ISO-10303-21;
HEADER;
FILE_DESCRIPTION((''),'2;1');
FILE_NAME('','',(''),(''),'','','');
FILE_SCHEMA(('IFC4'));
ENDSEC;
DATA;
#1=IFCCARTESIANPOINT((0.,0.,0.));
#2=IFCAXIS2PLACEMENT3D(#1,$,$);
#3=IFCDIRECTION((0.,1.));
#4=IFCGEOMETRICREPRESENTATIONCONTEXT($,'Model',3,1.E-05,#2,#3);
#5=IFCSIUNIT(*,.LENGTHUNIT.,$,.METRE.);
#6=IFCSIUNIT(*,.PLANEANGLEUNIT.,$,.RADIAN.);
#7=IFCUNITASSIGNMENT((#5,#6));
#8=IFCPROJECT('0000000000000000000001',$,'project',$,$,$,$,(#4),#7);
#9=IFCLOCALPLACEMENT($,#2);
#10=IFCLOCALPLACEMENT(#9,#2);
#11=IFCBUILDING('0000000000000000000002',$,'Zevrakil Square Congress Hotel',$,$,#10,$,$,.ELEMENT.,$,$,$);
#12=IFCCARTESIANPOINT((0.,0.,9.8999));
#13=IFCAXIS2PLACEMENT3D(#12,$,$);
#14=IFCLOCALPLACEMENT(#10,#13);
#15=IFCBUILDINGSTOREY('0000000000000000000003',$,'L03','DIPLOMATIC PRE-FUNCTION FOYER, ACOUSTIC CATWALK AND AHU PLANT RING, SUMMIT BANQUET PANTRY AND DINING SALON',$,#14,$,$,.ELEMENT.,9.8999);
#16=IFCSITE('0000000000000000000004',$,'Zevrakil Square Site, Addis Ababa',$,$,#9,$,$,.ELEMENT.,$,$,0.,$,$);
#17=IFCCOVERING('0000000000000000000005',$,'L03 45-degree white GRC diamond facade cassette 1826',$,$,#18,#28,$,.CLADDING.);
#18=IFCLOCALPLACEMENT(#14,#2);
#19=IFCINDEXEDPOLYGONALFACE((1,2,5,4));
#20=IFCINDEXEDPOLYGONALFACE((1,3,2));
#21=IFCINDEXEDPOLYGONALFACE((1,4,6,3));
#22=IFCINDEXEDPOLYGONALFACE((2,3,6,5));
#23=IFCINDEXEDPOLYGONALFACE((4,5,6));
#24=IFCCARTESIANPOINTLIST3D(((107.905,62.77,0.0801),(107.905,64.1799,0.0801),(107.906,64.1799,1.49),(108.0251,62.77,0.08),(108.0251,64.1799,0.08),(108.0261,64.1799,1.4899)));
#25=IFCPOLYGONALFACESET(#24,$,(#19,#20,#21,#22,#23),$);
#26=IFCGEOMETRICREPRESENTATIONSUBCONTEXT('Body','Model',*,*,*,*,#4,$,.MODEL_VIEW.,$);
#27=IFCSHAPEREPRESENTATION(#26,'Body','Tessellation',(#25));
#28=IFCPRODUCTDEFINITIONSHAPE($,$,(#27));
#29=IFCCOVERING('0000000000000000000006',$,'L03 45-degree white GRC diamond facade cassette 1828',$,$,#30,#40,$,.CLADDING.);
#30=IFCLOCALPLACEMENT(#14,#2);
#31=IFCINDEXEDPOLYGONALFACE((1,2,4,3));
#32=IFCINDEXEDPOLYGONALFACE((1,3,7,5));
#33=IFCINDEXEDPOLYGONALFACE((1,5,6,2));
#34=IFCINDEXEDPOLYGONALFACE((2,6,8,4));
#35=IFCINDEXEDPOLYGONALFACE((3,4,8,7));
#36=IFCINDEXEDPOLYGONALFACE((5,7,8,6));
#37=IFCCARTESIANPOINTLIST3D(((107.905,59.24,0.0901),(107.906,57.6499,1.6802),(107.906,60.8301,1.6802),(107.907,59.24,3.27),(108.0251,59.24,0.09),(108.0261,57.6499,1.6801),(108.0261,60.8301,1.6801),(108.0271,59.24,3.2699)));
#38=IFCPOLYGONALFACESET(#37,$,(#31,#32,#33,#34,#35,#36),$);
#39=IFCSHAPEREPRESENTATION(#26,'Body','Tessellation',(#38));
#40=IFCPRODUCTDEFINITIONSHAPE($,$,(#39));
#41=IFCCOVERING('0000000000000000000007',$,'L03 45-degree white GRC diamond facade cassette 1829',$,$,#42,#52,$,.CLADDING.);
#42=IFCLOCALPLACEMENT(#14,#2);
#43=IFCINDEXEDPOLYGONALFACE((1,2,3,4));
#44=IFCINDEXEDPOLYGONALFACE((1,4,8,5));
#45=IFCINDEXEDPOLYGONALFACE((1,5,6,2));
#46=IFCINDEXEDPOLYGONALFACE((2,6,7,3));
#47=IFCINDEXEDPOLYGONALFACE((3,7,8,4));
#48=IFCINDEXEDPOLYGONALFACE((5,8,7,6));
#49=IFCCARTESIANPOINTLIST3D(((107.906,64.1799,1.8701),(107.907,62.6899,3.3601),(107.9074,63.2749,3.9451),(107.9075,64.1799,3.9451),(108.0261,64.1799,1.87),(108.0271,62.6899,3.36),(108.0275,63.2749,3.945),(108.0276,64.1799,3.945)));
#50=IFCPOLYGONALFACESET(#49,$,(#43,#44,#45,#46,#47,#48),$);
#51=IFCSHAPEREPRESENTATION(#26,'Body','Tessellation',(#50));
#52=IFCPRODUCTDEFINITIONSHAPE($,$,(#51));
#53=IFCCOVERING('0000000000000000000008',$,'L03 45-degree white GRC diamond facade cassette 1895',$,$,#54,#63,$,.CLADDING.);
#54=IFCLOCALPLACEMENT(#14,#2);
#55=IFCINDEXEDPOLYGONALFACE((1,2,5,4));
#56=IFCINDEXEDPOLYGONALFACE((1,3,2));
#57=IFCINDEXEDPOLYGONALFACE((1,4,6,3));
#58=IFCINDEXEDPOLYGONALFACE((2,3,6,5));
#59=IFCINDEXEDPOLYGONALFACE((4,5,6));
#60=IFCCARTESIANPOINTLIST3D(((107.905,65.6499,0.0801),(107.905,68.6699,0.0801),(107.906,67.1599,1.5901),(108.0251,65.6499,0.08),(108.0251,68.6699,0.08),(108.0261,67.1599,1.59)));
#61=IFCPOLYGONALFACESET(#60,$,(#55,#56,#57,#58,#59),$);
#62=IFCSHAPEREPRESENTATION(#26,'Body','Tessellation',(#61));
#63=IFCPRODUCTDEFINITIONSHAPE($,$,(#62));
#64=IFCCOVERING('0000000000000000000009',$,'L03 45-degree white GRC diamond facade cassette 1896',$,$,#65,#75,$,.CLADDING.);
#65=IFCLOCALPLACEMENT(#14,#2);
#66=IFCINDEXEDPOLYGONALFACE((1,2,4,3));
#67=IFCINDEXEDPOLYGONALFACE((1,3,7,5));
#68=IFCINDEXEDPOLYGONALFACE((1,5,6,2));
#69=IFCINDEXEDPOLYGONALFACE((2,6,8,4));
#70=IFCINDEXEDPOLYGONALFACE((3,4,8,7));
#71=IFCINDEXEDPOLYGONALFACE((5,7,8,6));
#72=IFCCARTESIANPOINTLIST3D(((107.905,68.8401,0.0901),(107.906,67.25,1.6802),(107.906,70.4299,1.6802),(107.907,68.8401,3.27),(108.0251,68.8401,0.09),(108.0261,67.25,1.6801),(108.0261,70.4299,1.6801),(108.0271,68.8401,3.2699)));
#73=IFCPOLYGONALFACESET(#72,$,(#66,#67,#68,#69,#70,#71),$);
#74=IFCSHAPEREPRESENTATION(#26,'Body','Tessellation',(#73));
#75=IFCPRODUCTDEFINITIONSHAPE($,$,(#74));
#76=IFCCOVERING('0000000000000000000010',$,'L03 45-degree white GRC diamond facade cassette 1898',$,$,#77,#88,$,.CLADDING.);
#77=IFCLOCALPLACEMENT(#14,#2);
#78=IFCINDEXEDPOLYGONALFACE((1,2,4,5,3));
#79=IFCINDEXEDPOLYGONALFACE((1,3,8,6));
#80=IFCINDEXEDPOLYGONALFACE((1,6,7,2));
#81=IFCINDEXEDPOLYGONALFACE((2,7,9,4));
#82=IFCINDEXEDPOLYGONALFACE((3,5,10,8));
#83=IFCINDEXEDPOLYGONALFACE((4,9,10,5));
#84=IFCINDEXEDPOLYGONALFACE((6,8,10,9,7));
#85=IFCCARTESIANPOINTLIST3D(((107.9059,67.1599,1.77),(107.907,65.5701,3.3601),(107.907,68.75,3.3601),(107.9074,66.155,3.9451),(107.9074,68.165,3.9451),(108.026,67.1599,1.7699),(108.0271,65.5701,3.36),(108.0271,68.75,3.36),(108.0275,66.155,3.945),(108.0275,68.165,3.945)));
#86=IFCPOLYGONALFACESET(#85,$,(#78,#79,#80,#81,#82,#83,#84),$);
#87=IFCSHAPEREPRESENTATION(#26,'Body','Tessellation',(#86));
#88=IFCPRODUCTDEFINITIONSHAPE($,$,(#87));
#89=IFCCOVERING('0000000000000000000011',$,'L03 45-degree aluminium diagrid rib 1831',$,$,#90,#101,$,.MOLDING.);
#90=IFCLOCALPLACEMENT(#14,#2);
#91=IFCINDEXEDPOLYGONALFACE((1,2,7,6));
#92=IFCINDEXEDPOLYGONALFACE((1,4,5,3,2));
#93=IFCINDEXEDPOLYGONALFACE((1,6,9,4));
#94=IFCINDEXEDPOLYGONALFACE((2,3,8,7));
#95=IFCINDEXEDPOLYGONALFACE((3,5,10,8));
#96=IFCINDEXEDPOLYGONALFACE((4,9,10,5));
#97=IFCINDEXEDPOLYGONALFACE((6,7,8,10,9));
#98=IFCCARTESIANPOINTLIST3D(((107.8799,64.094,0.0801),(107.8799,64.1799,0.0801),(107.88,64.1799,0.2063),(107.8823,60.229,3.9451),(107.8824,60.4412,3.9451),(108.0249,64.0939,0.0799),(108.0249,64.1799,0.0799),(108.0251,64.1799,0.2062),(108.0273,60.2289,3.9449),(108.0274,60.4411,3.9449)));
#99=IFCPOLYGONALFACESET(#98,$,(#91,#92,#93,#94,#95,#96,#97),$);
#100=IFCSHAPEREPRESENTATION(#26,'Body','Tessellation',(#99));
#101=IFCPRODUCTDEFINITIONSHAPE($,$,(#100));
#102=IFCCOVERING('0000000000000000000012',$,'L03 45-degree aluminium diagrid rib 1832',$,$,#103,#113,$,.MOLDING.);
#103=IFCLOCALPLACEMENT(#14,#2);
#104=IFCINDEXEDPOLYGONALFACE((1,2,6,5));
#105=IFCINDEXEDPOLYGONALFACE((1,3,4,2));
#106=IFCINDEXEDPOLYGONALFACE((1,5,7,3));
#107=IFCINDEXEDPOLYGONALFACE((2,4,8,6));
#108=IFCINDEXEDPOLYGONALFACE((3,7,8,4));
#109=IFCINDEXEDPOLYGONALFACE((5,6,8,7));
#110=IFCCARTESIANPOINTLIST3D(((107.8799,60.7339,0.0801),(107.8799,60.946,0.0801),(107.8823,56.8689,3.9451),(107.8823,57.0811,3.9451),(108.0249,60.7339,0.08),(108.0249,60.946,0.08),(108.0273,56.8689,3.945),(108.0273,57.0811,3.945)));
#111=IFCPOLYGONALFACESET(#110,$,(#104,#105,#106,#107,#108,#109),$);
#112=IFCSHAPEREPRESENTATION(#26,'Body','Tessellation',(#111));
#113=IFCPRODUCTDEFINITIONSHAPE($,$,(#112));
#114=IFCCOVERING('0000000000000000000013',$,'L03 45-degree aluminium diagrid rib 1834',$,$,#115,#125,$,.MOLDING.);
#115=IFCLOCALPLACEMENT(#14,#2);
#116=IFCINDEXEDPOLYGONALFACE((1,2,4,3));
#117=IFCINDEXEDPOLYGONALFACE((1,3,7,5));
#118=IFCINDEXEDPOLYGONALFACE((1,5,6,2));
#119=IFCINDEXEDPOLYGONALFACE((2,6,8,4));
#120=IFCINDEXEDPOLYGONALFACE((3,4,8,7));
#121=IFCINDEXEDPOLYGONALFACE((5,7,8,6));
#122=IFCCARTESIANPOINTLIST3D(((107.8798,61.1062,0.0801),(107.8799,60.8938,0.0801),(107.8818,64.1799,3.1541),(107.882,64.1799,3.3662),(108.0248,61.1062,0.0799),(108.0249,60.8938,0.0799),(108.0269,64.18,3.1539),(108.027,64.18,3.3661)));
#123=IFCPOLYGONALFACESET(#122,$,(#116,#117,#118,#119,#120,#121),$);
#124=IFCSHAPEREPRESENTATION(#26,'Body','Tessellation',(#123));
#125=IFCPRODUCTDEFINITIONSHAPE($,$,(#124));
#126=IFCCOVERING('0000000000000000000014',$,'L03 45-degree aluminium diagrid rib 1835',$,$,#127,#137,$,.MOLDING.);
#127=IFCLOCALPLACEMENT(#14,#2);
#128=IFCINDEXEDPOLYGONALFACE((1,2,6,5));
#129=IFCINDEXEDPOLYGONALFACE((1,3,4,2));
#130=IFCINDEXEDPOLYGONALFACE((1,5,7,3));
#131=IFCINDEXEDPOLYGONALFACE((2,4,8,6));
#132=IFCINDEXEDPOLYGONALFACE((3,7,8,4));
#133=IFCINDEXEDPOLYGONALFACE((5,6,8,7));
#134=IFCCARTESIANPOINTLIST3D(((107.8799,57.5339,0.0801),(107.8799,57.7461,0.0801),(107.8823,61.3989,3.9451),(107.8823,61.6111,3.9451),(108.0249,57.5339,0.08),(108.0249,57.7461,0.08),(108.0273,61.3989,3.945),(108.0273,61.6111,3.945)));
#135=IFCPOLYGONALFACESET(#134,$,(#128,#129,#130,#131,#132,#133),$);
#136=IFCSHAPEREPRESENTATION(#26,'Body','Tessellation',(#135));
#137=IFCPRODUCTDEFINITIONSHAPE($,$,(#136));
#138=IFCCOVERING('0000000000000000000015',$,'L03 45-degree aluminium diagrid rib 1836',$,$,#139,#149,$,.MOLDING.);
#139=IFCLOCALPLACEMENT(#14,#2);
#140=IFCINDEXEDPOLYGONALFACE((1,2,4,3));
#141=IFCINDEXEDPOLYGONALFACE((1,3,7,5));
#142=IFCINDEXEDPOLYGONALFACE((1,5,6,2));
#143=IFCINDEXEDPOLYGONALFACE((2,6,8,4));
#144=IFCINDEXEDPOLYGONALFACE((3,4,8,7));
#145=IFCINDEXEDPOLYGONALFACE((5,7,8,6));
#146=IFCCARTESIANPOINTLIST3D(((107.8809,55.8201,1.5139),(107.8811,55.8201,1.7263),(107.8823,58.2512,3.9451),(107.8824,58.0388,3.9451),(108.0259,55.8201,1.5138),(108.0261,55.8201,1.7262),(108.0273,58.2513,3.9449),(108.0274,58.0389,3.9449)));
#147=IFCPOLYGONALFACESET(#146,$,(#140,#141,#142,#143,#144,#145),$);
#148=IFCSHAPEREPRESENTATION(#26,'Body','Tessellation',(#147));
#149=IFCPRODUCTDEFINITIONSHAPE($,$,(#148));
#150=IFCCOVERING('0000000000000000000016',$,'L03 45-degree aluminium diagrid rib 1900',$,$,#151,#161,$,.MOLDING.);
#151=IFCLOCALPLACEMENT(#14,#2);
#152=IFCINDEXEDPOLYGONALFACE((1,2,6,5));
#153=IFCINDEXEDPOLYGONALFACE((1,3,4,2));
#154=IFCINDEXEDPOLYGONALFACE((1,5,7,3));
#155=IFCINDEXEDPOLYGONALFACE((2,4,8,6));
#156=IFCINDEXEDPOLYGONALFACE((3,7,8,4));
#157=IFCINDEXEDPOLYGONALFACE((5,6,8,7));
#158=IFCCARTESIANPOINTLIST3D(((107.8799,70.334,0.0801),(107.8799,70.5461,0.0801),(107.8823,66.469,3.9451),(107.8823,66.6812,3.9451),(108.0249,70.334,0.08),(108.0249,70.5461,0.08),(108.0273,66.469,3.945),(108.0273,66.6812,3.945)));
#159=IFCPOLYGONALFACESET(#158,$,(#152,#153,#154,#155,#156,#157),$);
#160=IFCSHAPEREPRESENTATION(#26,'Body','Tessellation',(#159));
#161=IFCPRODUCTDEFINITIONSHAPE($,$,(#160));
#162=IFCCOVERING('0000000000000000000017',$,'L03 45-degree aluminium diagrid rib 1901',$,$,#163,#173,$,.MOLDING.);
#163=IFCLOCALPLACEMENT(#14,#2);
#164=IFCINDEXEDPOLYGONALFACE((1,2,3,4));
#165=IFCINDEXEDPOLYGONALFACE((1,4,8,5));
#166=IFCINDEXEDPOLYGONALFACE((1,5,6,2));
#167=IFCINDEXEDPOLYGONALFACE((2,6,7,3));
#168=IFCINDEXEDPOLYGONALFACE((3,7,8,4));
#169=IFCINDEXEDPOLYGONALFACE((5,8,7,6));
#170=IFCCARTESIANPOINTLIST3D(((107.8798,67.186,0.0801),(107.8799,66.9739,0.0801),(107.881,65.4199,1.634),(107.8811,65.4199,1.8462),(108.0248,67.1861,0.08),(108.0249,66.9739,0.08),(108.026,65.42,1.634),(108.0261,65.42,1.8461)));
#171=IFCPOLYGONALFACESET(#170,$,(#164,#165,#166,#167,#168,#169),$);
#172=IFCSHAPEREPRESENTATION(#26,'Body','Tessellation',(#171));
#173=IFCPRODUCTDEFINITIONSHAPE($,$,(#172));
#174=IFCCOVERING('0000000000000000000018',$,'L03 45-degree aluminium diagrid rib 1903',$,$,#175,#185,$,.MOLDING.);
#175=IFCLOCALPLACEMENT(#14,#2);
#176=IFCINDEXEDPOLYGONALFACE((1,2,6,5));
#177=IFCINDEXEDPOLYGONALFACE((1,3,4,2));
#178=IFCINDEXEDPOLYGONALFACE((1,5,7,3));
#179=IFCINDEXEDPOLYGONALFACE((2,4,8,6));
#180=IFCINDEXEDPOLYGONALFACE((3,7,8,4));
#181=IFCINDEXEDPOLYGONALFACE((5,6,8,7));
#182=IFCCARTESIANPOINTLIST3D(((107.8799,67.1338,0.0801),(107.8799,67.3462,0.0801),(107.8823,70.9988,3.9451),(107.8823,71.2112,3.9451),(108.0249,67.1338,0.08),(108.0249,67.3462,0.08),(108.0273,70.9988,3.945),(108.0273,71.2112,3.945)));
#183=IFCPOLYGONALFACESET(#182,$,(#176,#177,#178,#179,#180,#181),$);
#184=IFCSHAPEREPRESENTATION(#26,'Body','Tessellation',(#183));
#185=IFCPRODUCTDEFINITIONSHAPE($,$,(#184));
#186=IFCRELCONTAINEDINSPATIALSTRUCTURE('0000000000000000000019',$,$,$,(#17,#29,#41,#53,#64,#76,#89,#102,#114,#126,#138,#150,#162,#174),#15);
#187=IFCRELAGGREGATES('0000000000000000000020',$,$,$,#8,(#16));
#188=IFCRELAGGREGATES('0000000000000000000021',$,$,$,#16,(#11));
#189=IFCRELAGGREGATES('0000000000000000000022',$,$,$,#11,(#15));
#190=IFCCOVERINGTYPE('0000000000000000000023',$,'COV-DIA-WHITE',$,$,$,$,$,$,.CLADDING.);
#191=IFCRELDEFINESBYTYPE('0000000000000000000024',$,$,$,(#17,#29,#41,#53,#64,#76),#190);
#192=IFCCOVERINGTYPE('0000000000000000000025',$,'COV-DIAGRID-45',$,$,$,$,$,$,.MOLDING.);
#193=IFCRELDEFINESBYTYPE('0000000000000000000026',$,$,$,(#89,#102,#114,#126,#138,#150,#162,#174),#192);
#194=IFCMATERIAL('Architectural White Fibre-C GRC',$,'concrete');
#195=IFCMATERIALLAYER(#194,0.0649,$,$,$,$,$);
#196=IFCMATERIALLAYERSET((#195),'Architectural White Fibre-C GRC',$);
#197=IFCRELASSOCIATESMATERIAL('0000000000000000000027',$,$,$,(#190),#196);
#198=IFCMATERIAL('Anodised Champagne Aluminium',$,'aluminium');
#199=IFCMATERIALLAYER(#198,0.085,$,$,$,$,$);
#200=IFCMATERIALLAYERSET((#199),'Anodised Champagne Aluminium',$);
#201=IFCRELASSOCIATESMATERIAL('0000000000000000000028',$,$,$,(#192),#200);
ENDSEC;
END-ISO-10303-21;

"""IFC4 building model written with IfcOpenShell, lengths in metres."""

from ifc_helpers import new_model, si_unit, direction, frame, origin, place, context, subcontext, project, spatial, polyline, outline, extrude, material, layer, layer_set, type_object, element, save


model = new_model("IFC4")

# Units and contexts
model_context = context("Model", 3, precision=1e-05, world=origin(), true_north=direction((0.0, 1.0)))
body_context = subcontext(model_context, "Body", "Model", "MODEL_VIEW")
ifc_project = project(units=[si_unit("LENGTHUNIT", "METRE"), si_unit("PLANEANGLEUNIT", "RADIAN")], contexts=[model_context])

# Site, building, storey
site_placement = place(None, origin())
site = spatial("IfcSite", under=ifc_project, at=site_placement, Name="Zevrakil Square Site, Addis Ababa", CompositionType="ELEMENT", RefElevation=0.0)
building_placement = place(site_placement, origin())
building = spatial("IfcBuilding", under=site, at=building_placement, Name="Zevrakil Square Congress Hotel", CompositionType="ELEMENT")
storey_placement = place(building_placement, frame((0.0, 0.0, 9.8999)))
storey = spatial("IfcBuildingStorey", under=building, at=storey_placement, Name="L03", Description="DIPLOMATIC PRE-FUNCTION FOYER, ACOUSTIC CATWALK AND AHU PLANT RING, SUMMIT BANQUET PANTRY AND DINING SALON", CompositionType="ELEMENT", Elevation=9.8999)

# Coverings
ifc_material_1 = material(Name="Architectural White Fibre-C GRC", Category="concrete")
ifc_layer_1 = layer(ifc_material_1, 0.0649)
ifc_layer_set_1 = layer_set([ifc_layer_1], Name="Architectural White Fibre-C GRC")
covering_type_1 = type_object("IfcCoveringType", Name="COV-DIA-WHITE", PredefinedType="CLADDING", material=ifc_layer_set_1)
covering_1_placement = place(storey_placement, frame((107.905, 62.77, 0.0801), z_axis=(-1.0, 0.0, 0.000693), x_axis=(0.0, 1.0, 0.0)))
element("IfcCovering", 1, at=covering_1_placement, inside=storey, type_object=covering_type_1, Name="L03 45-degree white GRC diamond facade cassette 1826", PredefinedType="CLADDING", context=body_context, shape_type="SweptSolid", body=[
    extrude(outline(polyline([(0.0, 0.0), (1.4099, 0.0), (1.4099, -1.4099), (0.0, 0.0)])), origin(), (0.0, 0.0, -1.0), 0.1201),
])
covering_2_placement = place(storey_placement, frame((107.907, 59.24, 3.27), z_axis=(-1.0, 0.0, 0.000614), x_axis=(-0.000434, -0.707161, -0.707052)))
element("IfcCovering", 2, at=covering_2_placement, inside=storey, type_object=covering_type_1, Name="L03 45-degree white GRC diamond facade cassette 1828", PredefinedType="CLADDING", context=body_context, shape_type="SweptSolid", body=[
    extrude(outline(polyline([(0.0, 0.0), (2.2486, 0.0), (2.2484, -2.2487), (-0.0003, -2.2486), (0.0, 0.0)])), origin(), (0.0, 0.0, -1.0), 0.1201),
])
covering_3_placement = place(storey_placement, frame((107.907, 62.6899, 3.3601), z_axis=(-1.0, 0.000043, 0.000725), x_axis=(-0.000482, 0.707107, -0.707107)))
element("IfcCovering", 3, at=covering_3_placement, inside=storey, type_object=covering_type_1, Name="L03 45-degree white GRC diamond facade cassette 1829", PredefinedType="CLADDING", context=body_context, shape_type="SweptSolid", body=[
    extrude(outline(polyline([(0.0, 0.0), (2.1072, 0.0), (0.64, -1.4672), (0.0, -0.8273), (0.0, 0.0)])), origin(), (0.0, 0.0, -1.0), 0.1201),
])
covering_4_placement = place(storey_placement, frame((107.906, 67.1599, 1.5901), z_axis=(-1.0, 0.0, 0.000647), x_axis=(-0.000457, -0.707107, -0.707107)))
element("IfcCovering", 4, at=covering_4_placement, inside=storey, type_object=covering_type_1, Name="L03 45-degree white GRC diamond facade cassette 1895", PredefinedType="CLADDING", context=body_context, shape_type="SweptSolid", body=[
    extrude(outline(polyline([(0.0, 0.0), (2.1355, 0.0), (0.0, -2.1355), (0.0, 0.0)])), origin(), (0.0, 0.0, -1.0), 0.1201),
])
covering_5_placement = place(storey_placement, frame((107.907, 68.8401, 3.27), z_axis=(-1.0, 0.0, 0.000614), x_axis=(-0.000434, -0.707161, -0.707052)))
element("IfcCovering", 5, at=covering_5_placement, inside=storey, type_object=covering_type_1, Name="L03 45-degree white GRC diamond facade cassette 1896", PredefinedType="CLADDING", context=body_context, shape_type="SweptSolid", body=[
    extrude(outline(polyline([(0.0, 0.0), (2.2486, 0.0), (2.2484, -2.2487), (-0.0002, -2.2484), (0.0, 0.0)])), origin(), (0.0, 0.0, -1.0), 0.1201),
])
covering_6_placement = place(storey_placement, frame((107.907, 65.5701, 3.3601), z_axis=(-1.0, 0.0, 0.000697), x_axis=(-0.000493, 0.707052, -0.707161)))
element("IfcCovering", 6, at=covering_6_placement, inside=storey, type_object=covering_type_1, Name="L03 45-degree white GRC diamond facade cassette 1898", PredefinedType="CLADDING", context=body_context, shape_type="SweptSolid", body=[
    extrude(outline(polyline([(0.0, 0.0), (2.2486, 0.0), (2.2484, -2.2487), (1.4211, -2.2487), (-0.0001, -0.8273), (0.0, 0.0)])), origin(), (0.0, 0.0, -1.0), 0.1201),
])
ifc_material_2 = material(Name="Anodised Champagne Aluminium", Category="aluminium")
ifc_layer_2 = layer(ifc_material_2, 0.085)
ifc_layer_set_2 = layer_set([ifc_layer_2], Name="Anodised Champagne Aluminium")
covering_type_2 = type_object("IfcCoveringType", Name="COV-DIAGRID-45", PredefinedType="MOLDING", material=ifc_layer_set_2)
covering_7_placement = place(storey_placement, frame((107.8799, 64.094, 0.0801), z_axis=(-0.999999, 0.000391, 0.00101), x_axis=(0.000391, 1.0, 0.0)))
element("IfcCovering", 7, at=covering_7_placement, inside=storey, type_object=covering_type_2, Name="L03 45-degree aluminium diagrid rib 1831", PredefinedType="MOLDING", context=body_context, shape_type="SweptSolid", body=[
    extrude(outline(polyline([(0.0, 0.0), (0.0859, 0.0), (0.0859, -0.1262), (-3.6528, -3.865), (-3.865, -3.865), (0.0, 0.0)])), origin(), (0.0, 0.0, -1.0), 0.145),
])
covering_8_placement = place(storey_placement, frame((107.8799, 60.7339, 0.0801), z_axis=(-1.0, 0.0, 0.000632), x_axis=(0.0, 1.0, 0.0)))
element("IfcCovering", 8, at=covering_8_placement, inside=storey, type_object=covering_type_2, Name="L03 45-degree aluminium diagrid rib 1832", PredefinedType="MOLDING", context=body_context, shape_type="SweptSolid", body=[
    extrude(outline(polyline([(0.0, 0.0), (0.2122, 0.0), (-3.6528, -3.865), (-3.865, -3.865), (0.0, 0.0)])), origin(), (0.0, 0.0, -1.0), 0.145),
])
covering_9_placement = place(storey_placement, frame((107.8818, 64.1799, 3.1541), z_axis=(-1.0, -0.000249, 0.000902), x_axis=(0.000902, 0.0, 1.0)))
element("IfcCovering", 9, at=covering_9_placement, inside=storey, type_object=covering_type_2, Name="L03 45-degree aluminium diagrid rib 1834", PredefinedType="MOLDING", context=body_context, shape_type="SweptSolid", body=[
    extrude(outline(polyline([(0.0, 0.0), (0.2122, 0.0), (-3.074, -3.2861), (-3.074, -3.0737), (0.0, 0.0)])), origin(), (0.0, 0.0, -1.0), 0.145),
])
covering_10_placement = place(storey_placement, frame((107.8823, 61.6111, 3.9451), z_axis=(-1.0, 0.0, 0.000632), x_axis=(0.0, -1.0, 0.0)))
element("IfcCovering", 10, at=covering_10_placement, inside=storey, type_object=covering_type_2, Name="L03 45-degree aluminium diagrid rib 1835", PredefinedType="MOLDING", context=body_context, shape_type="SweptSolid", body=[
    extrude(outline(polyline([(0.0, 0.0), (0.2122, 0.0), (4.0771, -3.865), (3.865, -3.865), (0.0, 0.0)])), origin(), (0.0, 0.0, -1.0), 0.145),
])
covering_11_placement = place(storey_placement, frame((107.8823, 58.2512, 3.9451), z_axis=(-1.0, -0.000286, 0.000863), x_axis=(0.000286, -1.0, 0.0)))
element("IfcCovering", 11, at=covering_11_placement, inside=storey, type_object=covering_type_2, Name="L03 45-degree aluminium diagrid rib 1836", PredefinedType="MOLDING", context=body_context, shape_type="SweptSolid", body=[
    extrude(outline(polyline([(0.0, 0.0), (0.2124, 0.0), (2.4312, -2.2188), (2.4312, -2.4312), (0.0, 0.0)])), origin(), (0.0, 0.0, -1.0), 0.145),
])
covering_12_placement = place(storey_placement, frame((107.8799, 70.334, 0.0801), z_axis=(-1.0, 0.0, 0.000632), x_axis=(0.0, 1.0, 0.0)))
element("IfcCovering", 12, at=covering_12_placement, inside=storey, type_object=covering_type_2, Name="L03 45-degree aluminium diagrid rib 1900", PredefinedType="MOLDING", context=body_context, shape_type="SweptSolid", body=[
    extrude(outline(polyline([(0.0, 0.0), (0.2122, 0.0), (-3.6528, -3.865), (-3.865, -3.865), (0.0, 0.0)])), origin(), (0.0, 0.0, -1.0), 0.145),
])
covering_13_placement = place(storey_placement, frame((107.8799, 66.9739, 0.0801), z_axis=(-1.0, -0.000368, 0.000368), x_axis=(-0.000368, 1.0, 0.0)))
element("IfcCovering", 13, at=covering_13_placement, inside=storey, type_object=covering_type_2, Name="L03 45-degree aluminium diagrid rib 1901", PredefinedType="MOLDING", context=body_context, shape_type="SweptSolid", body=[
    extrude(outline(polyline([(0.0, 0.0), (0.2122, 0.0), (-1.554, -1.7661), (-1.554, -1.554), (0.0, 0.0)])), origin(), (0.0, 0.0, -1.0), 0.145),
])
covering_14_placement = place(storey_placement, frame((107.8823, 71.2112, 3.9451), z_axis=(-1.0, 0.0, 0.000632), x_axis=(0.0, -1.0, 0.0)))
element("IfcCovering", 14, at=covering_14_placement, inside=storey, type_object=covering_type_2, Name="L03 45-degree aluminium diagrid rib 1903", PredefinedType="MOLDING", context=body_context, shape_type="SweptSolid", body=[
    extrude(outline(polyline([(0.0, 0.0), (0.2124, 0.0), (4.0774, -3.865), (3.865, -3.865), (0.0, 0.0)])), origin(), (0.0, 0.0, -1.0), 0.145),
])

save(model, "model.ifc")
